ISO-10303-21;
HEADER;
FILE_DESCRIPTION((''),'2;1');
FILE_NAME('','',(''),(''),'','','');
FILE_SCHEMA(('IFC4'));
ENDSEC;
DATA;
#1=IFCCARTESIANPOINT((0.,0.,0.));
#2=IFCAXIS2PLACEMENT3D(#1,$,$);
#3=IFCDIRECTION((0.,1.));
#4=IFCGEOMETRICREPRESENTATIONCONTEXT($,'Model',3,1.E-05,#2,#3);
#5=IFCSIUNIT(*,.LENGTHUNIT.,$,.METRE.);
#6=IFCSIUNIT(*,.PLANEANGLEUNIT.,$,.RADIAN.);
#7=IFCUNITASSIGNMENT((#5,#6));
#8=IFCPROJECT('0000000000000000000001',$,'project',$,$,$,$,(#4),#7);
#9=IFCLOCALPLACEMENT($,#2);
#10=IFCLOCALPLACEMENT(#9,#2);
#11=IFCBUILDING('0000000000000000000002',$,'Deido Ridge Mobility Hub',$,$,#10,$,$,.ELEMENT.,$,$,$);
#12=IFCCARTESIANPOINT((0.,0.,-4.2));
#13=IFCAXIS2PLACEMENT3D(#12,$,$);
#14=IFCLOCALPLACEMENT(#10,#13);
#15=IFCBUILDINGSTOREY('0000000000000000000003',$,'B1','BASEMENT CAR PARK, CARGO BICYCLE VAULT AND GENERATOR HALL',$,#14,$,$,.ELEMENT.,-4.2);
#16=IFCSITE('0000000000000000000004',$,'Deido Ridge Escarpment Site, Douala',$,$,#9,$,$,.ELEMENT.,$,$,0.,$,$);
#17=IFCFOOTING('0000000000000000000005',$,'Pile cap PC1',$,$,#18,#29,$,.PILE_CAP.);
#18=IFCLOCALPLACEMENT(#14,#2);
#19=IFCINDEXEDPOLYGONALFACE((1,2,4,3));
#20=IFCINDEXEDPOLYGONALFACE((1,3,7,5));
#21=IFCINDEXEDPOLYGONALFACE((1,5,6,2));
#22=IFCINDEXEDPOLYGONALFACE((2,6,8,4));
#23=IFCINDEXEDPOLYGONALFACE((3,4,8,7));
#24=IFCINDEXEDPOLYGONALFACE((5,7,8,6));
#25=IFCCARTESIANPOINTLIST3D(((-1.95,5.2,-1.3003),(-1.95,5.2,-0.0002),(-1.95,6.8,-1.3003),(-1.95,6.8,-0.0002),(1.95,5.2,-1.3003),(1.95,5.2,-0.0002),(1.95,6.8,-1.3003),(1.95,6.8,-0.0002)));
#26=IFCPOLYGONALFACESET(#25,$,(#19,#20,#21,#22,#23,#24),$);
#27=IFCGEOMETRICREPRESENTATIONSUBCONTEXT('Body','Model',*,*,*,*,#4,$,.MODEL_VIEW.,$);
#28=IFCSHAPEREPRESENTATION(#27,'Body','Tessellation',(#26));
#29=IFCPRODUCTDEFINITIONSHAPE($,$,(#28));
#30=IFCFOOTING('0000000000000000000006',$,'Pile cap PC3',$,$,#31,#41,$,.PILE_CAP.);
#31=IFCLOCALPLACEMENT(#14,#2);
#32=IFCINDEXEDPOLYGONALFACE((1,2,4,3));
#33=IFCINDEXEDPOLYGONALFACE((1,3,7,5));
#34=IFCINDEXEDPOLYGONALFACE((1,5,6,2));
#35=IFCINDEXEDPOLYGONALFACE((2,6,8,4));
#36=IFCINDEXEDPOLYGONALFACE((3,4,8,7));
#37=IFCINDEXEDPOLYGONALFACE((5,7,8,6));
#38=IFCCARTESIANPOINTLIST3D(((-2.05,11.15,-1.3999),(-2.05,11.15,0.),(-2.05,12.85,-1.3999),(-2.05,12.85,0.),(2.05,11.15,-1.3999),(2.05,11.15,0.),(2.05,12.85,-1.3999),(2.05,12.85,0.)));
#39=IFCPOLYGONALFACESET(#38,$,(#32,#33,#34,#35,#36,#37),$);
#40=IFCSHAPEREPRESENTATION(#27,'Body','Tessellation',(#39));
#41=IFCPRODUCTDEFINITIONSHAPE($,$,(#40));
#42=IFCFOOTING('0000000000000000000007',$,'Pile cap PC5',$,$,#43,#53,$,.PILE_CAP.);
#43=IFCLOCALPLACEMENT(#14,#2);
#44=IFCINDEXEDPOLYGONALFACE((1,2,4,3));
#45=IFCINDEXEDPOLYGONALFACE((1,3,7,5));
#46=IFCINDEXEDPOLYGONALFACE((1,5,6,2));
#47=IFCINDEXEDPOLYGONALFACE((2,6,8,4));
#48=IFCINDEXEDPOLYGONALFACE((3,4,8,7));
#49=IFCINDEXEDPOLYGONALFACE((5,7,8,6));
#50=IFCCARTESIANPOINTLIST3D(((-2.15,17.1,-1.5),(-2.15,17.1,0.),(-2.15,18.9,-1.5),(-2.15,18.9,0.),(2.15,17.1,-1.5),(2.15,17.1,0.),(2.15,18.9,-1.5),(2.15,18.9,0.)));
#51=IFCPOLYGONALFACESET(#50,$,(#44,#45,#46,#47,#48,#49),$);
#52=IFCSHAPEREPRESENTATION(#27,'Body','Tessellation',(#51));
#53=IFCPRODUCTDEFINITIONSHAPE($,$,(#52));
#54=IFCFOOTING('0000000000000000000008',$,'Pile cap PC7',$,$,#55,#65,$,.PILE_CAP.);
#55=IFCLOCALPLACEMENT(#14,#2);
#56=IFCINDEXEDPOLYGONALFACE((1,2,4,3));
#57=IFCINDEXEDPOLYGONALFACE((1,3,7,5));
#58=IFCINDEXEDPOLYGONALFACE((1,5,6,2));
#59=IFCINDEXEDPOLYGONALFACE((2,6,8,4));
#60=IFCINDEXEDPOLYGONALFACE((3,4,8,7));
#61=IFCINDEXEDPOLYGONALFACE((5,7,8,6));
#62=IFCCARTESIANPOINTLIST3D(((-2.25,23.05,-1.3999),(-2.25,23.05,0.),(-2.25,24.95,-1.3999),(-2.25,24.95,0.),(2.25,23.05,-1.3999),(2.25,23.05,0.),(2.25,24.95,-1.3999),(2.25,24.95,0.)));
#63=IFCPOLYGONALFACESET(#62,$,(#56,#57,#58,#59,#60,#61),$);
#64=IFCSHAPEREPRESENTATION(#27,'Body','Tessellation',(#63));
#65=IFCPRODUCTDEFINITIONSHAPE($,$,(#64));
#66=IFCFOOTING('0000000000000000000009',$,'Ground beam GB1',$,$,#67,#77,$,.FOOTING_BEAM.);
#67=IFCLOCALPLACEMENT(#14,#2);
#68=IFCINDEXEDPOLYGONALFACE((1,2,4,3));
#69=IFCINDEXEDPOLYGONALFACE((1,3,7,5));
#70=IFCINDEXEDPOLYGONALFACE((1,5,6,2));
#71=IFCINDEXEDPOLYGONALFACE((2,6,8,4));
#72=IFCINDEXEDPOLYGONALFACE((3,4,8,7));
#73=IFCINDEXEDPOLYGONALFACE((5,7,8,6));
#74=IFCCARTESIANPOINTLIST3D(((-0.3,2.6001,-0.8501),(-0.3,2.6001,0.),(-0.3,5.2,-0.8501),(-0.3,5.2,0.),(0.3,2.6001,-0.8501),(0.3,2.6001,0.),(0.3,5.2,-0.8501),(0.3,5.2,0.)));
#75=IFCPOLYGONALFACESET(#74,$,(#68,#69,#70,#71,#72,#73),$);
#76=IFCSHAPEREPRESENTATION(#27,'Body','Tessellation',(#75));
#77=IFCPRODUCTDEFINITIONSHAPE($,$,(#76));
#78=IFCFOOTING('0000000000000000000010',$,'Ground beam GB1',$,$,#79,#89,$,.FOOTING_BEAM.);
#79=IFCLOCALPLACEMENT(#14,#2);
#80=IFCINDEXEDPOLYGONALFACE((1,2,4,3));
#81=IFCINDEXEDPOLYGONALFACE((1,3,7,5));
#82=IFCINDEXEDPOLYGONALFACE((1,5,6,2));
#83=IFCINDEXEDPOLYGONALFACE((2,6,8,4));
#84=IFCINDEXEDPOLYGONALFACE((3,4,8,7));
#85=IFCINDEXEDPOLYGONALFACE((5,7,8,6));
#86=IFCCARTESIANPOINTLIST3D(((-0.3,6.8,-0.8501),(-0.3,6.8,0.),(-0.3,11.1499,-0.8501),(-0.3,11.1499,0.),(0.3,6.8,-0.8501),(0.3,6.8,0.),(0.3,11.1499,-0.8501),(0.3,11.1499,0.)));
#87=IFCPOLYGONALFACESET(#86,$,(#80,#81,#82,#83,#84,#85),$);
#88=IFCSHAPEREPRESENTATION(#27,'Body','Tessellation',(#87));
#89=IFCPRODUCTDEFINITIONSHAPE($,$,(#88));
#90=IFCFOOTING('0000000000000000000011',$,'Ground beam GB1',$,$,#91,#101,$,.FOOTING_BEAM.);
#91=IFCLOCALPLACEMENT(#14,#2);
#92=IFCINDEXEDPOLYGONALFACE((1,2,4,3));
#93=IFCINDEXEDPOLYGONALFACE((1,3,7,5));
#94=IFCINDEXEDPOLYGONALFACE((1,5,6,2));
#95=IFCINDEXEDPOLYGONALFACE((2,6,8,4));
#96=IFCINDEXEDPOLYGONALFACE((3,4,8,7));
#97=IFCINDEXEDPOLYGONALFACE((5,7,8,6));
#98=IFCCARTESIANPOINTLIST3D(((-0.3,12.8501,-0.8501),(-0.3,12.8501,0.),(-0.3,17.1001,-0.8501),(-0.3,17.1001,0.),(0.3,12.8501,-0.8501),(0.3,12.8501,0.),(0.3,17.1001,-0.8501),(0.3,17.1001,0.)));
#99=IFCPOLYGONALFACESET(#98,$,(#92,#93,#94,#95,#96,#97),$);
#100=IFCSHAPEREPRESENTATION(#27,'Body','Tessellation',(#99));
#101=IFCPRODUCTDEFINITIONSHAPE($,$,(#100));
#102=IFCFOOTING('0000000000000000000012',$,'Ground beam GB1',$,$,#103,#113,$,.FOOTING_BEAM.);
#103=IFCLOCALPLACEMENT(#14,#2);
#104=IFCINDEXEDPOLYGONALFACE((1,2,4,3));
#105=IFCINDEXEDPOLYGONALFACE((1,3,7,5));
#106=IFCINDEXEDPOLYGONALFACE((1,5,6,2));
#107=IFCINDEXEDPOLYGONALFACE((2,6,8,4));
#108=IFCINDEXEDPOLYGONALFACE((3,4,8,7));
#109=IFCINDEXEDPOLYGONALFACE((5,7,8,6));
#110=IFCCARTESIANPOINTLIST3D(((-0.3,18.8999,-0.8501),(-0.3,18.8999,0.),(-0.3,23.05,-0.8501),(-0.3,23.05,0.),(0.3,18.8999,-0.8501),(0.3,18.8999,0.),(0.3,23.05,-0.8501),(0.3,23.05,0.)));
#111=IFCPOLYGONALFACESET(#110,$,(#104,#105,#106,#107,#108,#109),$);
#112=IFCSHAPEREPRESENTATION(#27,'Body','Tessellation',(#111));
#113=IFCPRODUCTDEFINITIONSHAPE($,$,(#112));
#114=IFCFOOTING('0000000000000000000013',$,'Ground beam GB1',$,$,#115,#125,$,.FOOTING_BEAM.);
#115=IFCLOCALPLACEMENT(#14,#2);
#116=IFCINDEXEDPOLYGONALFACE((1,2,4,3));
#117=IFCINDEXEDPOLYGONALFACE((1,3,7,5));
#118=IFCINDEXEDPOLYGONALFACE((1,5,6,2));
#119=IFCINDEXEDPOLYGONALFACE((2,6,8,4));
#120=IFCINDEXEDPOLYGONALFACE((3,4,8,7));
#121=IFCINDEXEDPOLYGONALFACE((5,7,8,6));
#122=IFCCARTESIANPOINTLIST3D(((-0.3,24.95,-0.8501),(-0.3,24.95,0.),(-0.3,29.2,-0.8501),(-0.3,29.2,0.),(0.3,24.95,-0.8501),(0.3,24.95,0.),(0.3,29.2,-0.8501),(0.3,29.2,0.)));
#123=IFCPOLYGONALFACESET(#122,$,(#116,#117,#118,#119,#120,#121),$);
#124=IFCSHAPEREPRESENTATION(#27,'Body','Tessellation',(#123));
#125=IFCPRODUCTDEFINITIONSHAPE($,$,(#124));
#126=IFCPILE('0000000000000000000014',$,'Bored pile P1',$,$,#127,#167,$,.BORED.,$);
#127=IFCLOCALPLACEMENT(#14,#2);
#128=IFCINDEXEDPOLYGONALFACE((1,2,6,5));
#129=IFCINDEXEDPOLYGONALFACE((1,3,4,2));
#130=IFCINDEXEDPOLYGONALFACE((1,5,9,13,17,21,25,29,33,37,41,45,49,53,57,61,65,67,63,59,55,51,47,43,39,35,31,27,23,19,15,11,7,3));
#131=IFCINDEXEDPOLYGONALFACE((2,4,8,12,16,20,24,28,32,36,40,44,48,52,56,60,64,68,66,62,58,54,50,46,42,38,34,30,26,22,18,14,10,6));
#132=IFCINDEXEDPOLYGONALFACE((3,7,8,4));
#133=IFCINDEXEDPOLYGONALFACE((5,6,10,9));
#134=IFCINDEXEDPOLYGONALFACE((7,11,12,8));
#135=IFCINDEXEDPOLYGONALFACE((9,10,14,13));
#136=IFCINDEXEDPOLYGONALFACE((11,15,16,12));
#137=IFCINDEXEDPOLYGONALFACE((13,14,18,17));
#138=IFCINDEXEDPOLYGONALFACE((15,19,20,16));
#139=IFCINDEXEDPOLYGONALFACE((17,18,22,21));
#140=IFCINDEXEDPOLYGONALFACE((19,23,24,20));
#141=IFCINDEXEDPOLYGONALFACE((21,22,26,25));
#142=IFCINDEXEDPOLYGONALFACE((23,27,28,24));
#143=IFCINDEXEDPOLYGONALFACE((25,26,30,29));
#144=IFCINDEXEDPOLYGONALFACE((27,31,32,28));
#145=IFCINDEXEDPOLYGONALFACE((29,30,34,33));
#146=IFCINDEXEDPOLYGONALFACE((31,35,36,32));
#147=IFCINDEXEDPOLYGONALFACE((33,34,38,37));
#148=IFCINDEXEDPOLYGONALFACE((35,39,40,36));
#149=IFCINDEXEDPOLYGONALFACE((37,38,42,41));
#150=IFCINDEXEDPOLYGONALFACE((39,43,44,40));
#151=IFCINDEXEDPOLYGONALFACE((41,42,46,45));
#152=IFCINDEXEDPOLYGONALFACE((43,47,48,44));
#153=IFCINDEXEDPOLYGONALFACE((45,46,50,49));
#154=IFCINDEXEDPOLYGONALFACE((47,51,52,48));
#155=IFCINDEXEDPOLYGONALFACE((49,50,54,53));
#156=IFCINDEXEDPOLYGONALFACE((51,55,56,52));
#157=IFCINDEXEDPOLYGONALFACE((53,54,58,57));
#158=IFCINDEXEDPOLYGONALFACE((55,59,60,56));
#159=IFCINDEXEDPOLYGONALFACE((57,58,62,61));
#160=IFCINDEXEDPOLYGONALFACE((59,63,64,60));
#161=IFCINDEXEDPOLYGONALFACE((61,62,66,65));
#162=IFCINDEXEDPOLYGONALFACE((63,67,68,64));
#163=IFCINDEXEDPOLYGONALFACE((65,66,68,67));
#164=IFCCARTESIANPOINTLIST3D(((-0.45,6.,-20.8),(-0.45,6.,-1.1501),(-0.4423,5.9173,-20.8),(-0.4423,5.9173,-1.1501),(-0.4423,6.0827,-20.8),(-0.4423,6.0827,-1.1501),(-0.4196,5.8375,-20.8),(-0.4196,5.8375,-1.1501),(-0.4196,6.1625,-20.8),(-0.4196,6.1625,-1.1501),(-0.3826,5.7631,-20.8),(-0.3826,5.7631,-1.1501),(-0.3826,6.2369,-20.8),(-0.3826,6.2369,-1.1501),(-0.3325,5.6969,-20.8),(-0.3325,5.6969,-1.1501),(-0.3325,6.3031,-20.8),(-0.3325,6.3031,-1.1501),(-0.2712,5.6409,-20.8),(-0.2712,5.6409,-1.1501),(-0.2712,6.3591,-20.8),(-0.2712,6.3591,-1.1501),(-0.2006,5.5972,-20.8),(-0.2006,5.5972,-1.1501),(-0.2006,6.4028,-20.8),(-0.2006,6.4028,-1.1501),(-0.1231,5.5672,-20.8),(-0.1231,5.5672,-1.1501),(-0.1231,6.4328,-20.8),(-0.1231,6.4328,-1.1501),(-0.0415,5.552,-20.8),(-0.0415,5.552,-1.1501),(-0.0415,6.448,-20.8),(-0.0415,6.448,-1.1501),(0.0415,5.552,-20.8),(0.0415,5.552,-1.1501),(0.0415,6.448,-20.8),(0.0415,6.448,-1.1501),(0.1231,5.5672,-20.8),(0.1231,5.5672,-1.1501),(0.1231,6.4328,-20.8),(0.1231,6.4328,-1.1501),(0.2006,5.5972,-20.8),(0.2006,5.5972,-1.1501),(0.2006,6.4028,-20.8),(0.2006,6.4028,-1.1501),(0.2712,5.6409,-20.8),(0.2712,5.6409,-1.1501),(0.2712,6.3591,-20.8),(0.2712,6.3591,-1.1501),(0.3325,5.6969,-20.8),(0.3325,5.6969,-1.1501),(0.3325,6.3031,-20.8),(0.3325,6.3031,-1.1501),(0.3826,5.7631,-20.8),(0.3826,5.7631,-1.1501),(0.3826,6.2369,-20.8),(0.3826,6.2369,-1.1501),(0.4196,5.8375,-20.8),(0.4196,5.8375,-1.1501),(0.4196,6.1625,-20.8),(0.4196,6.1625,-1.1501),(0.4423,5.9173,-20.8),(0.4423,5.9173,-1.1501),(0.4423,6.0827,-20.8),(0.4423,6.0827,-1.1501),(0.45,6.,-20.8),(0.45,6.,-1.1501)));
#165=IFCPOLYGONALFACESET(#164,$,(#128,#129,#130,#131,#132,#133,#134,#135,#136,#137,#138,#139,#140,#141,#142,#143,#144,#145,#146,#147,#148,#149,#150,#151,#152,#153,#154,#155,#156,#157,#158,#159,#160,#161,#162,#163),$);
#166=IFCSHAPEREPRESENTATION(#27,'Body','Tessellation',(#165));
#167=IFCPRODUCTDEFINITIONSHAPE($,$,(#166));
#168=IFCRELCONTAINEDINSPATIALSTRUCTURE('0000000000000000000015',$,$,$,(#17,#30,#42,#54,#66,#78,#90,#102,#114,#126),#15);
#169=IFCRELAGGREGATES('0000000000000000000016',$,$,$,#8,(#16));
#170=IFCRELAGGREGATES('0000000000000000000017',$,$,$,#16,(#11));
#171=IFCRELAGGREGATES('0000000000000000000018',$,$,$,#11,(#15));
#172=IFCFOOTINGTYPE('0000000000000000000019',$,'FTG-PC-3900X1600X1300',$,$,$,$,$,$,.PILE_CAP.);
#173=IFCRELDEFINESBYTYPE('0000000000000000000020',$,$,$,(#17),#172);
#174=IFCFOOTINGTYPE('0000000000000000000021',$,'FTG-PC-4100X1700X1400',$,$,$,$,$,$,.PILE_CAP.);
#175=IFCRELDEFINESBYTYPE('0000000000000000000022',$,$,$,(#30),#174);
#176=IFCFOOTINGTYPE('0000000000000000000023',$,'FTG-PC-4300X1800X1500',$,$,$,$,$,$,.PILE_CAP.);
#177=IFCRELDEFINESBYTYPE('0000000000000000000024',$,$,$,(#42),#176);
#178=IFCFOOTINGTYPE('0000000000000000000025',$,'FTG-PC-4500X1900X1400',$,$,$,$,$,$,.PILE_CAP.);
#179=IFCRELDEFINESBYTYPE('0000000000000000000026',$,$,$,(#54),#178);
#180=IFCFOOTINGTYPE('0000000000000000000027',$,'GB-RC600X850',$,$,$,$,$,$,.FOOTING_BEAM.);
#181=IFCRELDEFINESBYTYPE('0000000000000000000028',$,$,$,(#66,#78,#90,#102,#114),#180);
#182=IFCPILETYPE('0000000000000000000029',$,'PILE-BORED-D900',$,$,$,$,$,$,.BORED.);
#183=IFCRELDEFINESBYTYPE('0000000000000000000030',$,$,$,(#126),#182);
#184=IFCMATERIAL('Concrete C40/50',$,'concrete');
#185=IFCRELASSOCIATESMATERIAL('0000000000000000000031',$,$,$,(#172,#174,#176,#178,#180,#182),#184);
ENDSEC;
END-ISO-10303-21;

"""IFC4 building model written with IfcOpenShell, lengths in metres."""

from ifc_helpers import new_model, si_unit, direction, frame, origin, origin_2d, place, context, subcontext, project, spatial, rectangle, circle, extrude, material, material_profile, profile_set, type_object, element, save


model = new_model("IFC4")

# Units and contexts
model_context = context("Model", 3, precision=1e-05, world=origin(), true_north=direction((0.0, 1.0)))
body_context = subcontext(model_context, "Body", "Model", "MODEL_VIEW")
ifc_project = project(units=[si_unit("LENGTHUNIT", "METRE"), si_unit("PLANEANGLEUNIT", "RADIAN")], contexts=[model_context])

# Site, building, storey
site_placement = place(None, origin())
site = spatial("IfcSite", under=ifc_project, at=site_placement, Name="Deido Ridge Escarpment Site, Douala", CompositionType="ELEMENT", RefElevation=0.0)
building_placement = place(site_placement, origin())
building = spatial("IfcBuilding", under=site, at=building_placement, Name="Deido Ridge Mobility Hub", CompositionType="ELEMENT")
storey_placement = place(building_placement, frame((0.0, 0.0, -4.2)))
storey = spatial("IfcBuildingStorey", under=building, at=storey_placement, Name="B1", Description="BASEMENT CAR PARK, CARGO BICYCLE VAULT AND GENERATOR HALL", CompositionType="ELEMENT", Elevation=-4.2)

# Footings
ifc_material_1 = material(Name="Concrete C40/50", Category="concrete")
footing_type_1 = type_object("IfcFootingType", Name="FTG-PC-3900X1600X1300", PredefinedType="PILE_CAP", material=ifc_material_1)
footing_1_placement = place(storey_placement, frame((0.0, 6.0, -1.3003), z_axis=(0.0, 0.0, 1.0), x_axis=(1.0, 0.0, 0.0)))
element("IfcFooting", 1, at=footing_1_placement, inside=storey, type_object=footing_type_1, Name="Pile cap PC1", PredefinedType="PILE_CAP", context=body_context, shape_type="SweptSolid", body=[
    extrude(rectangle(XDim=3.8999, YDim=1.6001, at=origin_2d()), origin(), (0.0, 0.0, 1.0), 1.3),
])
footing_type_2 = type_object("IfcFootingType", Name="FTG-PC-4100X1700X1400", PredefinedType="PILE_CAP", material=ifc_material_1)
footing_2_placement = place(storey_placement, frame((0.0, 12.0, -1.3999), z_axis=(0.0, 0.0, 1.0), x_axis=(1.0, 0.0, 0.0)))
element("IfcFooting", 2, at=footing_2_placement, inside=storey, type_object=footing_type_2, Name="Pile cap PC3", PredefinedType="PILE_CAP", context=body_context, shape_type="SweptSolid", body=[
    extrude(rectangle(XDim=4.1001, YDim=1.7, at=origin_2d()), origin(), (0.0, 0.0, 1.0), 1.3999),
])
footing_type_3 = type_object("IfcFootingType", Name="FTG-PC-4300X1800X1500", PredefinedType="PILE_CAP", material=ifc_material_1)
footing_3_placement = place(storey_placement, frame((0.0, 18.0, -1.5), z_axis=(0.0, 0.0, 1.0), x_axis=(1.0, 0.0, 0.0)))
element("IfcFooting", 3, at=footing_3_placement, inside=storey, type_object=footing_type_3, Name="Pile cap PC5", PredefinedType="PILE_CAP", context=body_context, shape_type="SweptSolid", body=[
    extrude(rectangle(XDim=4.3, YDim=1.8, at=origin_2d()), origin(), (0.0, 0.0, 1.0), 1.5),
])
footing_type_4 = type_object("IfcFootingType", Name="FTG-PC-4500X1900X1400", PredefinedType="PILE_CAP", material=ifc_material_1)
footing_4_placement = place(storey_placement, frame((0.0, 24.0, -1.3999), z_axis=(0.0, 0.0, 1.0), x_axis=(1.0, 0.0, 0.0)))
element("IfcFooting", 4, at=footing_4_placement, inside=storey, type_object=footing_type_4, Name="Pile cap PC7", PredefinedType="PILE_CAP", context=body_context, shape_type="SweptSolid", body=[
    extrude(rectangle(XDim=4.5, YDim=1.8999, at=origin_2d()), origin(), (0.0, 0.0, 1.0), 1.3999),
])
ifc_material_profile_1 = material_profile(ifc_material_1, rectangle(XDim=0.6001, YDim=0.8501, at=origin_2d()), Name="RC GB 600x850")
ifc_profile_set_1 = profile_set([ifc_material_profile_1], Name="Concrete C40/50")
footing_type_5 = type_object("IfcFootingType", Name="GB-RC600X850", PredefinedType="FOOTING_BEAM", material=ifc_profile_set_1)
footing_5_placement = place(storey_placement, frame((0.0, 2.6001, -0.425), z_axis=(0.0, 1.0, 0.0), x_axis=(-1.0, 0.0, 0.0)))
element("IfcFooting", 5, at=footing_5_placement, inside=storey, type_object=footing_type_5, Name="Ground beam GB1", PredefinedType="FOOTING_BEAM", context=body_context, shape_type="SweptSolid", body=[
    extrude(rectangle(XDim=0.6001, YDim=0.8501, at=origin_2d()), origin(), (0.0, 0.0, 1.0), 2.5999),
])
footing_6_placement = place(storey_placement, frame((0.0, 6.8, -0.425), z_axis=(0.0, 1.0, 0.0), x_axis=(-1.0, 0.0, 0.0)))
element("IfcFooting", 6, at=footing_6_placement, inside=storey, type_object=footing_type_5, Name="Ground beam GB1", PredefinedType="FOOTING_BEAM", context=body_context, shape_type="SweptSolid", body=[
    extrude(rectangle(XDim=0.6001, YDim=0.8501, at=origin_2d()), origin(), (0.0, 0.0, 1.0), 4.3499),
])
footing_7_placement = place(storey_placement, frame((0.0, 12.8501, -0.425), z_axis=(0.0, 1.0, 0.0), x_axis=(-1.0, 0.0, 0.0)))
element("IfcFooting", 7, at=footing_7_placement, inside=storey, type_object=footing_type_5, Name="Ground beam GB1", PredefinedType="FOOTING_BEAM", context=body_context, shape_type="SweptSolid", body=[
    extrude(rectangle(XDim=0.6001, YDim=0.8501, at=origin_2d()), origin(), (0.0, 0.0, 1.0), 4.25),
])
footing_8_placement = place(storey_placement, frame((0.0, 18.8999, -0.425), z_axis=(0.0, 1.0, 0.0), x_axis=(-1.0, 0.0, 0.0)))
element("IfcFooting", 8, at=footing_8_placement, inside=storey, type_object=footing_type_5, Name="Ground beam GB1", PredefinedType="FOOTING_BEAM", context=body_context, shape_type="SweptSolid", body=[
    extrude(rectangle(XDim=0.6001, YDim=0.8501, at=origin_2d()), origin(), (0.0, 0.0, 1.0), 4.1501),
])
footing_9_placement = place(storey_placement, frame((0.0, 24.95, -0.425), z_axis=(0.0, 1.0, 0.0), x_axis=(-1.0, 0.0, 0.0)))
element("IfcFooting", 9, at=footing_9_placement, inside=storey, type_object=footing_type_5, Name="Ground beam GB1", PredefinedType="FOOTING_BEAM", context=body_context, shape_type="SweptSolid", body=[
    extrude(rectangle(XDim=0.6001, YDim=0.8501, at=origin_2d()), origin(), (0.0, 0.0, 1.0), 4.25),
])

# Pile
ifc_material_profile_2 = material_profile(ifc_material_1, circle(Radius=0.45, at=origin_2d()), Name="BORED PILE D900")
ifc_profile_set_2 = profile_set([ifc_material_profile_2], Name="Concrete C40/50")
pile_type = type_object("IfcPileType", Name="PILE-BORED-D900", PredefinedType="BORED", material=ifc_profile_set_2)
pile_1_placement = place(storey_placement, frame((0.0, 6.0, -1.1501), z_axis=(0.0, 0.0, -1.0), x_axis=(1.0, 0.0, 0.0)))
element("IfcPile", 10, at=pile_1_placement, inside=storey, type_object=pile_type, Name="Bored pile P1", PredefinedType="BORED", context=body_context, shape_type="SweptSolid", body=[
    extrude(circle(Radius=0.45, at=origin_2d()), origin(), (0.0, 0.0, 1.0), 19.6499),
])

save(model, "model.ifc")
